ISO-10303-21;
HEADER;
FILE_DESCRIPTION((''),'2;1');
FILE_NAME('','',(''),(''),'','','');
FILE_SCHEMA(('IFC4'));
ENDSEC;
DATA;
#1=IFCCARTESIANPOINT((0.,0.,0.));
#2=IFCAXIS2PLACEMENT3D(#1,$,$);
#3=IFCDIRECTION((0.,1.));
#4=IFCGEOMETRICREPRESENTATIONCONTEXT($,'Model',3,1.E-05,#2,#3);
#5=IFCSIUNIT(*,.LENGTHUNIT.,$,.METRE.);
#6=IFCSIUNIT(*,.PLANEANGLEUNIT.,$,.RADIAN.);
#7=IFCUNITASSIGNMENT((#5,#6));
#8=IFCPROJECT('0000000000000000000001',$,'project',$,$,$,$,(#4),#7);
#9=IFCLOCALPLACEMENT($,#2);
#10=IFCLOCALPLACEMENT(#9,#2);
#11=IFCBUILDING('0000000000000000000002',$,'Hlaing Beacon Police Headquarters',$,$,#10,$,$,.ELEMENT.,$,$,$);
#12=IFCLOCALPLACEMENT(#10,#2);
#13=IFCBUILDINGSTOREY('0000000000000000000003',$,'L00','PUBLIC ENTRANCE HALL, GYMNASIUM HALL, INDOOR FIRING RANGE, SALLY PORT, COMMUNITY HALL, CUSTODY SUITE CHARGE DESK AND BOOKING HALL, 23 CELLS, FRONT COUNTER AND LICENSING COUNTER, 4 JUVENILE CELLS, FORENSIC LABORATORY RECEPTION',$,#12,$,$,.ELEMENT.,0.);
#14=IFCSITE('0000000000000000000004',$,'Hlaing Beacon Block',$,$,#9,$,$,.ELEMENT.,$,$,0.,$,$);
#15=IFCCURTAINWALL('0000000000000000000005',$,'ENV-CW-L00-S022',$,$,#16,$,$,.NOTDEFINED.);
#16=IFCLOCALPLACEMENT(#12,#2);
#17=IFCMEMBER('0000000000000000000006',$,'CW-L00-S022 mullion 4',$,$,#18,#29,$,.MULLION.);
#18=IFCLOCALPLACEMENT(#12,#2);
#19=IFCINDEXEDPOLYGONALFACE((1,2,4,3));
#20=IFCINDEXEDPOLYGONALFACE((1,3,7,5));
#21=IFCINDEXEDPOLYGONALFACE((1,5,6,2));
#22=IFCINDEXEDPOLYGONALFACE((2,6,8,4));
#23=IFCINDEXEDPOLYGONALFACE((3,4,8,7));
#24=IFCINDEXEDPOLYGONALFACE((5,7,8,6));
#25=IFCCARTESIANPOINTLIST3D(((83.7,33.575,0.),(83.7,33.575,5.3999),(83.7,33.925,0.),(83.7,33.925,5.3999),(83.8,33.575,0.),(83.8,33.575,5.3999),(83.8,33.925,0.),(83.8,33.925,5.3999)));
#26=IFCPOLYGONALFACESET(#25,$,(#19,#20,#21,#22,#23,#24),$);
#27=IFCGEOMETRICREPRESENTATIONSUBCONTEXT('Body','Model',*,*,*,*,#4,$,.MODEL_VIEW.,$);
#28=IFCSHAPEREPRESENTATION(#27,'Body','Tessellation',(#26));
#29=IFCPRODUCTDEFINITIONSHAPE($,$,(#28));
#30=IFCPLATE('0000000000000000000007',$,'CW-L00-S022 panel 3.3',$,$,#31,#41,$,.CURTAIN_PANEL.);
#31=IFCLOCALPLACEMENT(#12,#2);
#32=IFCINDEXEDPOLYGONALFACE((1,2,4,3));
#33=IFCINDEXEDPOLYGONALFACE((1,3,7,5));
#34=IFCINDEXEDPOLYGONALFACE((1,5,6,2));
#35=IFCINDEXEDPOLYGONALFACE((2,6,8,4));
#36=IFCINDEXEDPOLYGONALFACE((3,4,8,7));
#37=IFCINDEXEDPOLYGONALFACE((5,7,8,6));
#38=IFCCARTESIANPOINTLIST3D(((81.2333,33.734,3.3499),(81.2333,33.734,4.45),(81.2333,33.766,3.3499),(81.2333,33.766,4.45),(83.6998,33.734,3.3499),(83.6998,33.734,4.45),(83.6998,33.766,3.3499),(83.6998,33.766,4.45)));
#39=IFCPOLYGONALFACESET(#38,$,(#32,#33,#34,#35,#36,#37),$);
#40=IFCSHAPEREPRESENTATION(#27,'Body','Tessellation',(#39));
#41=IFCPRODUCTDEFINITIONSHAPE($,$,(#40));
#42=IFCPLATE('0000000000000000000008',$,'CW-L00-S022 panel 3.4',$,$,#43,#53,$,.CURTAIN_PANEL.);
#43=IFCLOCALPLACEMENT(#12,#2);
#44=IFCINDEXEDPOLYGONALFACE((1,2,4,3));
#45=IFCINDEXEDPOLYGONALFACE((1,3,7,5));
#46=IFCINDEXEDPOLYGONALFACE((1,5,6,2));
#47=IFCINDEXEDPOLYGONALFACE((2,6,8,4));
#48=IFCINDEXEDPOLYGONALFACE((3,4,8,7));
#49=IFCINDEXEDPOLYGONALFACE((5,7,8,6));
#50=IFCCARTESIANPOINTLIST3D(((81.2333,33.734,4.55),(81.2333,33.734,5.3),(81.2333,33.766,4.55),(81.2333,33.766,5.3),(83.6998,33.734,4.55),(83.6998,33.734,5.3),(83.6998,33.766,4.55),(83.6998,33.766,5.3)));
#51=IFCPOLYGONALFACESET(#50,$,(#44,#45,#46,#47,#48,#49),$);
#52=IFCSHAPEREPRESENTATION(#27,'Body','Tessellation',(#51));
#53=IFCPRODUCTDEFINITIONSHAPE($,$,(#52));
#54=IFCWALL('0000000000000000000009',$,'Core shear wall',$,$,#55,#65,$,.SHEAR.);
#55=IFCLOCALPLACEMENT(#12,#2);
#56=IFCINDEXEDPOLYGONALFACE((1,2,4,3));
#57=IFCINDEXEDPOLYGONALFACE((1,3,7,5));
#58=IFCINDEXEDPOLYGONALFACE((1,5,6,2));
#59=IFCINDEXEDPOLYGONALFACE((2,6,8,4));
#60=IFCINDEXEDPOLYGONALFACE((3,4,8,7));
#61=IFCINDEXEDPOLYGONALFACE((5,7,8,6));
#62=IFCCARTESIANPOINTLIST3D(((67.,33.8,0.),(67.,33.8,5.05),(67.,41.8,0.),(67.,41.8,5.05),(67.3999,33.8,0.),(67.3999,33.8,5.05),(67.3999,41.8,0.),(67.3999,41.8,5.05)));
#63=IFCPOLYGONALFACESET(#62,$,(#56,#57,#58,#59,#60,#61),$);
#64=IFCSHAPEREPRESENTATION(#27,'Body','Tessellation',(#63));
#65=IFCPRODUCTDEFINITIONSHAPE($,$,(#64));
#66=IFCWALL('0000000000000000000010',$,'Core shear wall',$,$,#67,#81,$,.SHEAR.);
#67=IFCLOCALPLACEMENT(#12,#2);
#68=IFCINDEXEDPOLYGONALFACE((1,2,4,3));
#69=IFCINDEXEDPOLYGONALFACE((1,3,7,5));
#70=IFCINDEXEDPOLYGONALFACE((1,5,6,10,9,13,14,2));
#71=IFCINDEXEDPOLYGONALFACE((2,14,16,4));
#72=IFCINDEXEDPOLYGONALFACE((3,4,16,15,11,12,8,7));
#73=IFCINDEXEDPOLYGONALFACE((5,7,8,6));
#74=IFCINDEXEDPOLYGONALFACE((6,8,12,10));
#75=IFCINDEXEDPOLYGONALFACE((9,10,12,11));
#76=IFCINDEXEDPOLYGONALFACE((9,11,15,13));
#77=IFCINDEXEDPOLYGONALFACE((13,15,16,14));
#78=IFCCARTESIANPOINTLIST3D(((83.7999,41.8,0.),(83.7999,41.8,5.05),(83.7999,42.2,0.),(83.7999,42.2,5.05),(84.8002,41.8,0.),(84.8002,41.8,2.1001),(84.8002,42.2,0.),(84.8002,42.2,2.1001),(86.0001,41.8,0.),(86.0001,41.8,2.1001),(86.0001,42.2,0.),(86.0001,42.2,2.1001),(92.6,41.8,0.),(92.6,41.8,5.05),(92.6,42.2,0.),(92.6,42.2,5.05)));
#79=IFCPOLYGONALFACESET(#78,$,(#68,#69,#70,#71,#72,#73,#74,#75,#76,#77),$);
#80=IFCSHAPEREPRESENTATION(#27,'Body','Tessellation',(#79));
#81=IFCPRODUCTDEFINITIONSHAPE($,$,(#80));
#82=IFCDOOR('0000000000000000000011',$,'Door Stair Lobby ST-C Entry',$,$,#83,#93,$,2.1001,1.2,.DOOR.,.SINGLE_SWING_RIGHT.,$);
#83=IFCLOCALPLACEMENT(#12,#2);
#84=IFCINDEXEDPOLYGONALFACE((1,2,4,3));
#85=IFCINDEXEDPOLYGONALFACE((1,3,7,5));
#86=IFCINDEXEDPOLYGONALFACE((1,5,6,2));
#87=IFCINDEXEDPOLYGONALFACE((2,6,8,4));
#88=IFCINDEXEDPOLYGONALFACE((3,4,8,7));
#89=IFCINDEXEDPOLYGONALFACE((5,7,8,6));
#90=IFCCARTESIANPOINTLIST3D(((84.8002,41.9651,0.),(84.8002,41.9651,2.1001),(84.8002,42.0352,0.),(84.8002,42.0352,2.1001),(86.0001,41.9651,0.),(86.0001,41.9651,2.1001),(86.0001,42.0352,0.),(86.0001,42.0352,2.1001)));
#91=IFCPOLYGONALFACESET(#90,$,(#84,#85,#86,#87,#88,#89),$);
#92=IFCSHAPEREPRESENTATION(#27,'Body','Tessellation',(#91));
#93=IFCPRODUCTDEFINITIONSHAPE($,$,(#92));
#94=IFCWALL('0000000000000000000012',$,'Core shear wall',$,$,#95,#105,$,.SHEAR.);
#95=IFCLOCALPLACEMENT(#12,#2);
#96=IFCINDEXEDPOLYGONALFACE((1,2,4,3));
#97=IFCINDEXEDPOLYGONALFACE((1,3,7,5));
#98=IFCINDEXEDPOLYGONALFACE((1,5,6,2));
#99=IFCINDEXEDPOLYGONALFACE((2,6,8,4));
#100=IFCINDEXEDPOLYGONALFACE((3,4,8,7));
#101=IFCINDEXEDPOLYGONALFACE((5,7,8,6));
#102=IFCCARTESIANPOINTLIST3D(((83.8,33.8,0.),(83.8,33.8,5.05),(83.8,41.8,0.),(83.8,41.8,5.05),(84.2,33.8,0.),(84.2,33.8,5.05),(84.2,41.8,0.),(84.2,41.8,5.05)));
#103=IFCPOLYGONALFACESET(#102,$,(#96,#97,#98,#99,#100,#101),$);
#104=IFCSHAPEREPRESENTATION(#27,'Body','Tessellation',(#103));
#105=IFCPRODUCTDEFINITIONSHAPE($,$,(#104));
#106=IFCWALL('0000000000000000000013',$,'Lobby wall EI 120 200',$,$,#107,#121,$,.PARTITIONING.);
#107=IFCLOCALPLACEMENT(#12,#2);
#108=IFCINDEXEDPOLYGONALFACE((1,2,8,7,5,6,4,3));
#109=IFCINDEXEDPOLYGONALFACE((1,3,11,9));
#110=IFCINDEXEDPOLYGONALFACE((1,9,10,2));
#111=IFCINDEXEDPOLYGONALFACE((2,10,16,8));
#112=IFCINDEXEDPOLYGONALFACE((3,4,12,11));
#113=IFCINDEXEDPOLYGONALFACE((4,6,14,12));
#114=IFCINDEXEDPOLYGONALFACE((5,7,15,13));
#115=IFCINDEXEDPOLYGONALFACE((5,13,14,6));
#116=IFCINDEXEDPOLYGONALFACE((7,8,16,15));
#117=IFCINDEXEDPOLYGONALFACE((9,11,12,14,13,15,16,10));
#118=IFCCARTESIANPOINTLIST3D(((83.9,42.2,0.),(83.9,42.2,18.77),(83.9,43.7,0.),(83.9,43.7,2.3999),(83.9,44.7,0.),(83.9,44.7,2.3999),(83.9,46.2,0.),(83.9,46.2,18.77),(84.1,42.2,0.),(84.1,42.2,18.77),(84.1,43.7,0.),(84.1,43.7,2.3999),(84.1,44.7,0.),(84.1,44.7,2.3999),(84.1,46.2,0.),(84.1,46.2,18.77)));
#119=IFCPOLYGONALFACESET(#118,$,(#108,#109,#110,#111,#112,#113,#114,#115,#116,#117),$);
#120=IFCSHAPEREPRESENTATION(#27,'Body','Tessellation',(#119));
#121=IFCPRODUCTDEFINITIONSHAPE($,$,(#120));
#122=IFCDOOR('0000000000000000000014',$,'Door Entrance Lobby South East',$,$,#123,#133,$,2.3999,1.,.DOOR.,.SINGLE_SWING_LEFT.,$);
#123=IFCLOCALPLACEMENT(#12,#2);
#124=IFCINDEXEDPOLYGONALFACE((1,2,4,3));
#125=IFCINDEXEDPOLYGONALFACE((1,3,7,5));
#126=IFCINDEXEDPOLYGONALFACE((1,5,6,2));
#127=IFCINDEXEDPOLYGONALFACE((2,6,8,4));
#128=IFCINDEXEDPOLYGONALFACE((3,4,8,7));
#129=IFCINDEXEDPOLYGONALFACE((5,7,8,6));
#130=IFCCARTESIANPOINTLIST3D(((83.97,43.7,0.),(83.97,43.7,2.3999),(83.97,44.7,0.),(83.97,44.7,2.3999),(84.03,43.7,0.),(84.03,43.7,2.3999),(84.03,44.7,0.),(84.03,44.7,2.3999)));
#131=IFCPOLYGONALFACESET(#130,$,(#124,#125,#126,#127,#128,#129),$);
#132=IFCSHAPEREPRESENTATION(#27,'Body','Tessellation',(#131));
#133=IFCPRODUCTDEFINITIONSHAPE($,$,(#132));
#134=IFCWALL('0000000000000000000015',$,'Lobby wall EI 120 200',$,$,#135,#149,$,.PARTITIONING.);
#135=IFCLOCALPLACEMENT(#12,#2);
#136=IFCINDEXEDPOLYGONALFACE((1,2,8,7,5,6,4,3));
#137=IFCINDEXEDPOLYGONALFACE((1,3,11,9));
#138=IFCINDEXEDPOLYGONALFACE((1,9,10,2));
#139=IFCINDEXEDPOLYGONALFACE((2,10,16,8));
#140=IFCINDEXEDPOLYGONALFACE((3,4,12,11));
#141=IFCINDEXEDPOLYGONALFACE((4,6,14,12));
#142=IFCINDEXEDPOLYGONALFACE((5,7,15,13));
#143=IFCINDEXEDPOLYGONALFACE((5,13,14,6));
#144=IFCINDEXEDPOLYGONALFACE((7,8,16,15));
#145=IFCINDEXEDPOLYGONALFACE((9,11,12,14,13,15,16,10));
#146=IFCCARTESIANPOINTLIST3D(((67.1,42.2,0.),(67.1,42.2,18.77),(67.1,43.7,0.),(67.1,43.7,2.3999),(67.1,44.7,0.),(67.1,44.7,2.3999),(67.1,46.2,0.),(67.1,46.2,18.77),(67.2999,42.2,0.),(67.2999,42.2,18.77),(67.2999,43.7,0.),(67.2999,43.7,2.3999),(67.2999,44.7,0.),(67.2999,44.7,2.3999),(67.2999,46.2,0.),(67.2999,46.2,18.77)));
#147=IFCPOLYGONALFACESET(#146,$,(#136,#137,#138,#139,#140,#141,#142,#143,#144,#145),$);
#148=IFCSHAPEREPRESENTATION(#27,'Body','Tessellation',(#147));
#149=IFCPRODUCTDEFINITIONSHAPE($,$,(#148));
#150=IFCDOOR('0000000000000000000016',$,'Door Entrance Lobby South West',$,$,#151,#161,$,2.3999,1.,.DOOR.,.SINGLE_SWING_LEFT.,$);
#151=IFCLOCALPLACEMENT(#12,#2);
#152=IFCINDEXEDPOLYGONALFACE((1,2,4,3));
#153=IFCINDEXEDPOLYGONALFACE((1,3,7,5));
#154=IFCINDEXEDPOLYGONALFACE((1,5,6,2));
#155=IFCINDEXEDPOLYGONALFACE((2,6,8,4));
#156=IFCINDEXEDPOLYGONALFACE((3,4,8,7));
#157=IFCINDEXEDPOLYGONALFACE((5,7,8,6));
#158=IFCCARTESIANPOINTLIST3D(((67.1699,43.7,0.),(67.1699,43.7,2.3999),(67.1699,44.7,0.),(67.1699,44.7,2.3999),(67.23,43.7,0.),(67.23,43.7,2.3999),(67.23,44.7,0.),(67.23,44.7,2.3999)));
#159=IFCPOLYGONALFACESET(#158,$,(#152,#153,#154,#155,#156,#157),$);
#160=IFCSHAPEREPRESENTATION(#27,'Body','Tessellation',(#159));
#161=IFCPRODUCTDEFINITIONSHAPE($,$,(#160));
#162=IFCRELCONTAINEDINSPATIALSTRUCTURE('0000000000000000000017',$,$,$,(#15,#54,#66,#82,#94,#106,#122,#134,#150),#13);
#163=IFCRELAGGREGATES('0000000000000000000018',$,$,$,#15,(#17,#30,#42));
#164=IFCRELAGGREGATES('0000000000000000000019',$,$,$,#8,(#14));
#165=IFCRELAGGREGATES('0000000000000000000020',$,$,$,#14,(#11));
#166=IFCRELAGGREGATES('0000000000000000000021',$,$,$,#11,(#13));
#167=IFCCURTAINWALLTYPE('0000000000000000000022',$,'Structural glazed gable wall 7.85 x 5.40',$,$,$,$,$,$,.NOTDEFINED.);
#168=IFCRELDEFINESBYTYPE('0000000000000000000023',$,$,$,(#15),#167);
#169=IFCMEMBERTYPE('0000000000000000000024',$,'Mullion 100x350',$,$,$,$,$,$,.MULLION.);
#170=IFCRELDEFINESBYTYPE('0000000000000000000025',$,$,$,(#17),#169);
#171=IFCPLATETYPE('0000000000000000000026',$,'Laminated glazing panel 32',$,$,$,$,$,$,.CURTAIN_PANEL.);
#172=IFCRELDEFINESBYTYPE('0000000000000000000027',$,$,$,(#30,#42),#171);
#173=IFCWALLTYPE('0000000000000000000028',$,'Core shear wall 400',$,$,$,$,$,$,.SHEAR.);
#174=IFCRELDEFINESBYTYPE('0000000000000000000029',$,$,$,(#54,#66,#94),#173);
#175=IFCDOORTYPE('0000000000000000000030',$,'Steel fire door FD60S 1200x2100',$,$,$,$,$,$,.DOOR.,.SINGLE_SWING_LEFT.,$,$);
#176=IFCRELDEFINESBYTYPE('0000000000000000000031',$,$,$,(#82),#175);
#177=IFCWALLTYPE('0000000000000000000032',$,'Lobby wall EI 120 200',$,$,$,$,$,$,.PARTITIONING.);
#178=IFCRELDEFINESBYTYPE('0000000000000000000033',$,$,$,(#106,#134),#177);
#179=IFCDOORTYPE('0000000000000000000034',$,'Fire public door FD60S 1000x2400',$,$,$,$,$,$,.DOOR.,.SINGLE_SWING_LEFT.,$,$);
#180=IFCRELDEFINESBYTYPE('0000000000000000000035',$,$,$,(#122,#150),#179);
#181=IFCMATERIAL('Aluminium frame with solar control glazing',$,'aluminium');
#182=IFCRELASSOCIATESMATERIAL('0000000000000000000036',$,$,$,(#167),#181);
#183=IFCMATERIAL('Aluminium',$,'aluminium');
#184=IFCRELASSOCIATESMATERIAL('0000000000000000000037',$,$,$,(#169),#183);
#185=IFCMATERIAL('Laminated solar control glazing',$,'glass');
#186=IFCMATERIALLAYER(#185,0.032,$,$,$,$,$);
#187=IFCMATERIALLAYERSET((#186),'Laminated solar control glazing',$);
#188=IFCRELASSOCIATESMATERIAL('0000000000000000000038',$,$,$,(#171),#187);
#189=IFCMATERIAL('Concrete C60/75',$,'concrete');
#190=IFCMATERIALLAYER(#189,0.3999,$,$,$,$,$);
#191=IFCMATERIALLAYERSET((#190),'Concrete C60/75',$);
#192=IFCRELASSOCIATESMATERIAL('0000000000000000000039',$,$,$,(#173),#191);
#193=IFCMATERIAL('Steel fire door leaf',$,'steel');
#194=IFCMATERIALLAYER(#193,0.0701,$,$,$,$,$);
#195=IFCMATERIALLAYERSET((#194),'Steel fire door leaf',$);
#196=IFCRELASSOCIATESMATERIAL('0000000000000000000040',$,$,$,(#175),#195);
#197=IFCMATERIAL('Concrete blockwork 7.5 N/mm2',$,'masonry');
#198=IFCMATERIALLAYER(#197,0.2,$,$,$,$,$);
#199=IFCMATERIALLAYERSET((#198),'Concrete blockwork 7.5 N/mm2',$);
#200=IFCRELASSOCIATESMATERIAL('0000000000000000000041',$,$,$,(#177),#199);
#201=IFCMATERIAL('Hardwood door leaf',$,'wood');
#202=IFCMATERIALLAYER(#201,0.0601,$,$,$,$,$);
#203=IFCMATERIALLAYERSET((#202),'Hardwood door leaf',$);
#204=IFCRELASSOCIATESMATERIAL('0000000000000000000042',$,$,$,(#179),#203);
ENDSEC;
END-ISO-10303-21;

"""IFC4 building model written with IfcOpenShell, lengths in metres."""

from ifc_helpers import new_model, si_unit, direction, frame, frame_2d, origin, origin_2d, place, context, subcontext, project, spatial, rectangle, extrude, material, layer, layer_set, material_profile, profile_set, type_object, element, fill, aggregate, save


model = new_model("IFC4")

# Units and contexts
model_context = context("Model", 3, precision=1e-05, world=origin(), true_north=direction((0.0, 1.0)))
body_context = subcontext(model_context, "Body", "Model", "MODEL_VIEW")
ifc_project = project(units=[si_unit("LENGTHUNIT", "METRE"), si_unit("PLANEANGLEUNIT", "RADIAN")], contexts=[model_context])

# Site, building, storey
site_placement = place(None, origin())
site = spatial("IfcSite", under=ifc_project, at=site_placement, Name="Hlaing Beacon Block", CompositionType="ELEMENT", RefElevation=0.0)
building_placement = place(site_placement, origin())
building = spatial("IfcBuilding", under=site, at=building_placement, Name="Hlaing Beacon Police Headquarters", CompositionType="ELEMENT")
storey_placement = place(building_placement, origin())
storey = spatial("IfcBuildingStorey", under=building, at=storey_placement, Name="L00", Description="PUBLIC ENTRANCE HALL, GYMNASIUM HALL, INDOOR FIRING RANGE, SALLY PORT, COMMUNITY HALL, CUSTODY SUITE CHARGE DESK AND BOOKING HALL, 23 CELLS, FRONT COUNTER AND LICENSING COUNTER, 4 JUVENILE CELLS, FORENSIC LABORATORY RECEPTION", CompositionType="ELEMENT", Elevation=0.0)

# Curtain wall, member, plates
ifc_material_1 = material(Name="Aluminium frame with solar control glazing", Category="aluminium")
curtain_wall_type = type_object("IfcCurtainWallType", Name="Structural glazed gable wall 7.85 x 5.40", PredefinedType="NOTDEFINED", material=ifc_material_1)
curtain_wall_placement = place(storey_placement, origin())
curtain_wall = element("IfcCurtainWall", 1, at=curtain_wall_placement, inside=storey, type_object=curtain_wall_type, Name="ENV-CW-L00-S022", PredefinedType="NOTDEFINED")
ifc_material_2 = material(Name="Aluminium", Category="aluminium")
ifc_material_profile = material_profile(ifc_material_2, rectangle(XDim=0.3501, YDim=0.1001, at=origin_2d()), Name="Mullion 100x350")
ifc_profile_set = profile_set([ifc_material_profile], Name="Aluminium")
member_type = type_object("IfcMemberType", Name="Mullion 100x350", PredefinedType="MULLION", material=ifc_profile_set)
member_placement = place(storey_placement, frame((83.75, 33.75, 0.0), z_axis=(0.0, 0.0, 1.0), x_axis=(0.0, 1.0, 0.0)))
member = element("IfcMember", 2, at=member_placement, type_object=member_type, Name="CW-L00-S022 mullion 4", PredefinedType="MULLION", context=body_context, shape_type="SweptSolid", body=[
    extrude(rectangle(XDim=0.3501, YDim=0.1001, at=origin_2d()), origin(), (0.0, 0.0, 1.0), 5.3999),
])
ifc_material_3 = material(Name="Laminated solar control glazing", Category="glass")
ifc_layer_1 = layer(ifc_material_3, 0.032)
ifc_layer_set_1 = layer_set([ifc_layer_1], Name="Laminated solar control glazing")
plate_type = type_object("IfcPlateType", Name="Laminated glazing panel 32", PredefinedType="CURTAIN_PANEL", material=ifc_layer_set_1)
plate_1_placement = place(storey_placement, frame((82.4666, 33.75, 3.3499), z_axis=(0.0, 0.0, 1.0), x_axis=(1.0, 0.0, 0.0)))
plate_1 = element("IfcPlate", 3, at=plate_1_placement, type_object=plate_type, Name="CW-L00-S022 panel 3.3", PredefinedType="CURTAIN_PANEL", context=body_context, shape_type="SweptSolid", body=[
    extrude(rectangle(XDim=2.4666, YDim=0.032, at=origin_2d()), origin(), (0.0, 0.0, 1.0), 1.1001),
])
plate_2_placement = place(storey_placement, frame((82.4666, 33.75, 4.55), z_axis=(0.0, 0.0, 1.0), x_axis=(1.0, 0.0, 0.0)))
plate_2 = element("IfcPlate", 4, at=plate_2_placement, type_object=plate_type, Name="CW-L00-S022 panel 3.4", PredefinedType="CURTAIN_PANEL", context=body_context, shape_type="SweptSolid", body=[
    extrude(rectangle(XDim=2.4666, YDim=0.032, at=origin_2d()), origin(), (0.0, 0.0, 1.0), 0.75),
])
aggregate(curtain_wall, [member, plate_1, plate_2])

# Wall
ifc_material_4 = material(Name="Concrete C60/75", Category="concrete")
ifc_layer_2 = layer(ifc_material_4, 0.3999)
ifc_layer_set_2 = layer_set([ifc_layer_2], Name="Concrete C60/75")
wall_type_1 = type_object("IfcWallType", Name="Core shear wall 400", PredefinedType="SHEAR", material=ifc_layer_set_2)
wall_1_placement = place(storey_placement, frame((67.2, 33.8, 0.0), z_axis=(0.0, 0.0, 1.0), x_axis=(0.0, 1.0, 0.0)))
element("IfcWall", 5, at=wall_1_placement, inside=storey, type_object=wall_type_1, Name="Core shear wall", PredefinedType="SHEAR", context=body_context, shape_type="SweptSolid", body=[
    extrude(rectangle(XDim=8.0, YDim=0.3999, at=frame_2d((4.0, 0.0))), origin(), (0.0, 0.0, 1.0), 5.05),
])

# Wall, opening, door
wall_2_placement = place(storey_placement, frame((83.8, 42.0, 0.0), z_axis=(0.0, 0.0, 1.0), x_axis=(1.0, 0.0, 0.0)))
wall_2 = element("IfcWall", 6, at=wall_2_placement, inside=storey, type_object=wall_type_1, Name="Core shear wall", PredefinedType="SHEAR", context=body_context, shape_type="SweptSolid", body=[
    extrude(rectangle(XDim=8.8, YDim=0.3999, at=frame_2d((4.3999, 0.0))), origin(), (0.0, 0.0, 1.0), 5.05),
])
opening_1_placement = place(wall_2_placement, frame((1.0, 0.0, 0.0)))
opening_1 = element("IfcOpeningElement", 7, at=opening_1_placement, cuts=wall_2, PredefinedType="OPENING", context=body_context, shape_type="SweptSolid", body=[
    extrude(rectangle(XDim=1.2, YDim=2.1001, at=frame_2d((0.6001, 1.05))), frame((0.0, 0.21, 0.0), z_axis=(0.0, -1.0, 0.0), x_axis=(1.0, 0.0, 0.0)), (0.0, 0.0, 1.0), 0.4199),
])
ifc_material_5 = material(Name="Steel fire door leaf", Category="steel")
ifc_layer_3 = layer(ifc_material_5, 0.0701)
ifc_layer_set_3 = layer_set([ifc_layer_3], Name="Steel fire door leaf")
door_type_1 = type_object("IfcDoorType", Name="Steel fire door FD60S 1200x2100", OperationType="SINGLE_SWING_LEFT", PredefinedType="DOOR", material=ifc_layer_set_3)
door_1_placement = place(opening_1_placement, frame((1.2, 0.0, 0.0), z_axis=(0.0, 0.0, 1.0), x_axis=(-1.0, 0.0, 0.0)))
door_1 = element("IfcDoor", 8, at=door_1_placement, inside=storey, type_object=door_type_1, Name="Door Stair Lobby ST-C Entry", OperationType="SINGLE_SWING_RIGHT", OverallHeight=2.1001, OverallWidth=1.2, PredefinedType="DOOR", context=body_context, shape_type="SweptSolid", body=[
    extrude(rectangle(XDim=1.2, YDim=2.1001, at=frame_2d((0.5999, 1.05))), frame((0.0, 0.0349, 0.0), z_axis=(0.0, -1.0, 0.0), x_axis=(1.0, 0.0, 0.0)), (0.0, 0.0, 1.0), 0.0701),
])
fill(opening_1, door_1)

# Wall
wall_3_placement = place(storey_placement, frame((84.0, 33.8, 0.0), z_axis=(0.0, 0.0, 1.0), x_axis=(0.0, 1.0, 0.0)))
element("IfcWall", 9, at=wall_3_placement, inside=storey, type_object=wall_type_1, Name="Core shear wall", PredefinedType="SHEAR", context=body_context, shape_type="SweptSolid", body=[
    extrude(rectangle(XDim=8.0, YDim=0.3999, at=frame_2d((4.0, 0.0))), origin(), (0.0, 0.0, 1.0), 5.05),
])

# Walls, openings, doors
ifc_material_6 = material(Name="Concrete blockwork 7.5 N/mm2", Category="masonry")
ifc_layer_4 = layer(ifc_material_6, 0.2)
ifc_layer_set_4 = layer_set([ifc_layer_4], Name="Concrete blockwork 7.5 N/mm2")
wall_type_2 = type_object("IfcWallType", Name="Lobby wall EI 120 200", PredefinedType="PARTITIONING", material=ifc_layer_set_4)
wall_4_placement = place(storey_placement, frame((84.0, 42.2, 0.0), z_axis=(0.0, 0.0, 1.0), x_axis=(0.0, 1.0, 0.0)))
wall_4 = element("IfcWall", 10, at=wall_4_placement, inside=storey, type_object=wall_type_2, Name="Lobby wall EI 120 200", PredefinedType="PARTITIONING", context=body_context, shape_type="SweptSolid", body=[
    extrude(rectangle(XDim=4.0, YDim=0.2, at=frame_2d((2.0, 0.0))), origin(), (0.0, 0.0, 1.0), 18.77),
])
opening_2_placement = place(wall_4_placement, frame((1.5, 0.0, 0.0)))
opening_2 = element("IfcOpeningElement", 11, at=opening_2_placement, cuts=wall_4, PredefinedType="OPENING", context=body_context, shape_type="SweptSolid", body=[
    extrude(rectangle(XDim=1.0, YDim=2.3999, at=frame_2d((0.5, 1.2))), frame((0.0, 0.1099, 0.0), z_axis=(0.0, -1.0, 0.0), x_axis=(1.0, 0.0, 0.0)), (0.0, 0.0, 1.0), 0.22),
])
ifc_material_7 = material(Name="Hardwood door leaf", Category="wood")
ifc_layer_5 = layer(ifc_material_7, 0.0601)
ifc_layer_set_5 = layer_set([ifc_layer_5], Name="Hardwood door leaf")
door_type_2 = type_object("IfcDoorType", Name="Fire public door FD60S 1000x2400", OperationType="SINGLE_SWING_LEFT", PredefinedType="DOOR", material=ifc_layer_set_5)
door_2_placement = place(opening_2_placement, origin())
door_2 = element("IfcDoor", 12, at=door_2_placement, inside=storey, type_object=door_type_2, Name="Door Entrance Lobby South East", OperationType="SINGLE_SWING_LEFT", OverallHeight=2.3999, OverallWidth=1.0, PredefinedType="DOOR", context=body_context, shape_type="SweptSolid", body=[
    extrude(rectangle(XDim=1.0, YDim=2.3999, at=frame_2d((0.5, 1.2))), frame((0.0, 0.03, 0.0), z_axis=(0.0, -1.0, 0.0), x_axis=(1.0, 0.0, 0.0)), (0.0, 0.0, 1.0), 0.0601),
])
fill(opening_2, door_2)
wall_5_placement = place(storey_placement, frame((67.2, 42.2, 0.0), z_axis=(0.0, 0.0, 1.0), x_axis=(0.0, 1.0, 0.0)))
wall_5 = element("IfcWall", 13, at=wall_5_placement, inside=storey, type_object=wall_type_2, Name="Lobby wall EI 120 200", PredefinedType="PARTITIONING", context=body_context, shape_type="SweptSolid", body=[
    extrude(rectangle(XDim=4.0, YDim=0.2, at=frame_2d((2.0, 0.0))), origin(), (0.0, 0.0, 1.0), 18.77),
])
opening_3_placement = place(wall_5_placement, frame((1.5, 0.0, 0.0)))
opening_3 = element("IfcOpeningElement", 14, at=opening_3_placement, cuts=wall_5, PredefinedType="OPENING", context=body_context, shape_type="SweptSolid", body=[
    extrude(rectangle(XDim=1.0, YDim=2.3999, at=frame_2d((0.5, 1.2))), frame((0.0, 0.1099, 0.0), z_axis=(0.0, -1.0, 0.0), x_axis=(1.0, 0.0, 0.0)), (0.0, 0.0, 1.0), 0.22),
])
door_3_placement = place(opening_3_placement, frame((1.0, 0.0, 0.0), z_axis=(0.0, 0.0, 1.0), x_axis=(-1.0, 0.0, 0.0)))
door_3 = element("IfcDoor", 15, at=door_3_placement, inside=storey, type_object=door_type_2, Name="Door Entrance Lobby South West", OperationType="SINGLE_SWING_LEFT", OverallHeight=2.3999, OverallWidth=1.0, PredefinedType="DOOR", context=body_context, shape_type="SweptSolid", body=[
    extrude(rectangle(XDim=1.0, YDim=2.3999, at=frame_2d((0.5, 1.2))), frame((0.0, 0.03, 0.0), z_axis=(0.0, -1.0, 0.0), x_axis=(1.0, 0.0, 0.0)), (0.0, 0.0, 1.0), 0.0601),
])
fill(opening_3, door_3)

save(model, "model.ifc")
